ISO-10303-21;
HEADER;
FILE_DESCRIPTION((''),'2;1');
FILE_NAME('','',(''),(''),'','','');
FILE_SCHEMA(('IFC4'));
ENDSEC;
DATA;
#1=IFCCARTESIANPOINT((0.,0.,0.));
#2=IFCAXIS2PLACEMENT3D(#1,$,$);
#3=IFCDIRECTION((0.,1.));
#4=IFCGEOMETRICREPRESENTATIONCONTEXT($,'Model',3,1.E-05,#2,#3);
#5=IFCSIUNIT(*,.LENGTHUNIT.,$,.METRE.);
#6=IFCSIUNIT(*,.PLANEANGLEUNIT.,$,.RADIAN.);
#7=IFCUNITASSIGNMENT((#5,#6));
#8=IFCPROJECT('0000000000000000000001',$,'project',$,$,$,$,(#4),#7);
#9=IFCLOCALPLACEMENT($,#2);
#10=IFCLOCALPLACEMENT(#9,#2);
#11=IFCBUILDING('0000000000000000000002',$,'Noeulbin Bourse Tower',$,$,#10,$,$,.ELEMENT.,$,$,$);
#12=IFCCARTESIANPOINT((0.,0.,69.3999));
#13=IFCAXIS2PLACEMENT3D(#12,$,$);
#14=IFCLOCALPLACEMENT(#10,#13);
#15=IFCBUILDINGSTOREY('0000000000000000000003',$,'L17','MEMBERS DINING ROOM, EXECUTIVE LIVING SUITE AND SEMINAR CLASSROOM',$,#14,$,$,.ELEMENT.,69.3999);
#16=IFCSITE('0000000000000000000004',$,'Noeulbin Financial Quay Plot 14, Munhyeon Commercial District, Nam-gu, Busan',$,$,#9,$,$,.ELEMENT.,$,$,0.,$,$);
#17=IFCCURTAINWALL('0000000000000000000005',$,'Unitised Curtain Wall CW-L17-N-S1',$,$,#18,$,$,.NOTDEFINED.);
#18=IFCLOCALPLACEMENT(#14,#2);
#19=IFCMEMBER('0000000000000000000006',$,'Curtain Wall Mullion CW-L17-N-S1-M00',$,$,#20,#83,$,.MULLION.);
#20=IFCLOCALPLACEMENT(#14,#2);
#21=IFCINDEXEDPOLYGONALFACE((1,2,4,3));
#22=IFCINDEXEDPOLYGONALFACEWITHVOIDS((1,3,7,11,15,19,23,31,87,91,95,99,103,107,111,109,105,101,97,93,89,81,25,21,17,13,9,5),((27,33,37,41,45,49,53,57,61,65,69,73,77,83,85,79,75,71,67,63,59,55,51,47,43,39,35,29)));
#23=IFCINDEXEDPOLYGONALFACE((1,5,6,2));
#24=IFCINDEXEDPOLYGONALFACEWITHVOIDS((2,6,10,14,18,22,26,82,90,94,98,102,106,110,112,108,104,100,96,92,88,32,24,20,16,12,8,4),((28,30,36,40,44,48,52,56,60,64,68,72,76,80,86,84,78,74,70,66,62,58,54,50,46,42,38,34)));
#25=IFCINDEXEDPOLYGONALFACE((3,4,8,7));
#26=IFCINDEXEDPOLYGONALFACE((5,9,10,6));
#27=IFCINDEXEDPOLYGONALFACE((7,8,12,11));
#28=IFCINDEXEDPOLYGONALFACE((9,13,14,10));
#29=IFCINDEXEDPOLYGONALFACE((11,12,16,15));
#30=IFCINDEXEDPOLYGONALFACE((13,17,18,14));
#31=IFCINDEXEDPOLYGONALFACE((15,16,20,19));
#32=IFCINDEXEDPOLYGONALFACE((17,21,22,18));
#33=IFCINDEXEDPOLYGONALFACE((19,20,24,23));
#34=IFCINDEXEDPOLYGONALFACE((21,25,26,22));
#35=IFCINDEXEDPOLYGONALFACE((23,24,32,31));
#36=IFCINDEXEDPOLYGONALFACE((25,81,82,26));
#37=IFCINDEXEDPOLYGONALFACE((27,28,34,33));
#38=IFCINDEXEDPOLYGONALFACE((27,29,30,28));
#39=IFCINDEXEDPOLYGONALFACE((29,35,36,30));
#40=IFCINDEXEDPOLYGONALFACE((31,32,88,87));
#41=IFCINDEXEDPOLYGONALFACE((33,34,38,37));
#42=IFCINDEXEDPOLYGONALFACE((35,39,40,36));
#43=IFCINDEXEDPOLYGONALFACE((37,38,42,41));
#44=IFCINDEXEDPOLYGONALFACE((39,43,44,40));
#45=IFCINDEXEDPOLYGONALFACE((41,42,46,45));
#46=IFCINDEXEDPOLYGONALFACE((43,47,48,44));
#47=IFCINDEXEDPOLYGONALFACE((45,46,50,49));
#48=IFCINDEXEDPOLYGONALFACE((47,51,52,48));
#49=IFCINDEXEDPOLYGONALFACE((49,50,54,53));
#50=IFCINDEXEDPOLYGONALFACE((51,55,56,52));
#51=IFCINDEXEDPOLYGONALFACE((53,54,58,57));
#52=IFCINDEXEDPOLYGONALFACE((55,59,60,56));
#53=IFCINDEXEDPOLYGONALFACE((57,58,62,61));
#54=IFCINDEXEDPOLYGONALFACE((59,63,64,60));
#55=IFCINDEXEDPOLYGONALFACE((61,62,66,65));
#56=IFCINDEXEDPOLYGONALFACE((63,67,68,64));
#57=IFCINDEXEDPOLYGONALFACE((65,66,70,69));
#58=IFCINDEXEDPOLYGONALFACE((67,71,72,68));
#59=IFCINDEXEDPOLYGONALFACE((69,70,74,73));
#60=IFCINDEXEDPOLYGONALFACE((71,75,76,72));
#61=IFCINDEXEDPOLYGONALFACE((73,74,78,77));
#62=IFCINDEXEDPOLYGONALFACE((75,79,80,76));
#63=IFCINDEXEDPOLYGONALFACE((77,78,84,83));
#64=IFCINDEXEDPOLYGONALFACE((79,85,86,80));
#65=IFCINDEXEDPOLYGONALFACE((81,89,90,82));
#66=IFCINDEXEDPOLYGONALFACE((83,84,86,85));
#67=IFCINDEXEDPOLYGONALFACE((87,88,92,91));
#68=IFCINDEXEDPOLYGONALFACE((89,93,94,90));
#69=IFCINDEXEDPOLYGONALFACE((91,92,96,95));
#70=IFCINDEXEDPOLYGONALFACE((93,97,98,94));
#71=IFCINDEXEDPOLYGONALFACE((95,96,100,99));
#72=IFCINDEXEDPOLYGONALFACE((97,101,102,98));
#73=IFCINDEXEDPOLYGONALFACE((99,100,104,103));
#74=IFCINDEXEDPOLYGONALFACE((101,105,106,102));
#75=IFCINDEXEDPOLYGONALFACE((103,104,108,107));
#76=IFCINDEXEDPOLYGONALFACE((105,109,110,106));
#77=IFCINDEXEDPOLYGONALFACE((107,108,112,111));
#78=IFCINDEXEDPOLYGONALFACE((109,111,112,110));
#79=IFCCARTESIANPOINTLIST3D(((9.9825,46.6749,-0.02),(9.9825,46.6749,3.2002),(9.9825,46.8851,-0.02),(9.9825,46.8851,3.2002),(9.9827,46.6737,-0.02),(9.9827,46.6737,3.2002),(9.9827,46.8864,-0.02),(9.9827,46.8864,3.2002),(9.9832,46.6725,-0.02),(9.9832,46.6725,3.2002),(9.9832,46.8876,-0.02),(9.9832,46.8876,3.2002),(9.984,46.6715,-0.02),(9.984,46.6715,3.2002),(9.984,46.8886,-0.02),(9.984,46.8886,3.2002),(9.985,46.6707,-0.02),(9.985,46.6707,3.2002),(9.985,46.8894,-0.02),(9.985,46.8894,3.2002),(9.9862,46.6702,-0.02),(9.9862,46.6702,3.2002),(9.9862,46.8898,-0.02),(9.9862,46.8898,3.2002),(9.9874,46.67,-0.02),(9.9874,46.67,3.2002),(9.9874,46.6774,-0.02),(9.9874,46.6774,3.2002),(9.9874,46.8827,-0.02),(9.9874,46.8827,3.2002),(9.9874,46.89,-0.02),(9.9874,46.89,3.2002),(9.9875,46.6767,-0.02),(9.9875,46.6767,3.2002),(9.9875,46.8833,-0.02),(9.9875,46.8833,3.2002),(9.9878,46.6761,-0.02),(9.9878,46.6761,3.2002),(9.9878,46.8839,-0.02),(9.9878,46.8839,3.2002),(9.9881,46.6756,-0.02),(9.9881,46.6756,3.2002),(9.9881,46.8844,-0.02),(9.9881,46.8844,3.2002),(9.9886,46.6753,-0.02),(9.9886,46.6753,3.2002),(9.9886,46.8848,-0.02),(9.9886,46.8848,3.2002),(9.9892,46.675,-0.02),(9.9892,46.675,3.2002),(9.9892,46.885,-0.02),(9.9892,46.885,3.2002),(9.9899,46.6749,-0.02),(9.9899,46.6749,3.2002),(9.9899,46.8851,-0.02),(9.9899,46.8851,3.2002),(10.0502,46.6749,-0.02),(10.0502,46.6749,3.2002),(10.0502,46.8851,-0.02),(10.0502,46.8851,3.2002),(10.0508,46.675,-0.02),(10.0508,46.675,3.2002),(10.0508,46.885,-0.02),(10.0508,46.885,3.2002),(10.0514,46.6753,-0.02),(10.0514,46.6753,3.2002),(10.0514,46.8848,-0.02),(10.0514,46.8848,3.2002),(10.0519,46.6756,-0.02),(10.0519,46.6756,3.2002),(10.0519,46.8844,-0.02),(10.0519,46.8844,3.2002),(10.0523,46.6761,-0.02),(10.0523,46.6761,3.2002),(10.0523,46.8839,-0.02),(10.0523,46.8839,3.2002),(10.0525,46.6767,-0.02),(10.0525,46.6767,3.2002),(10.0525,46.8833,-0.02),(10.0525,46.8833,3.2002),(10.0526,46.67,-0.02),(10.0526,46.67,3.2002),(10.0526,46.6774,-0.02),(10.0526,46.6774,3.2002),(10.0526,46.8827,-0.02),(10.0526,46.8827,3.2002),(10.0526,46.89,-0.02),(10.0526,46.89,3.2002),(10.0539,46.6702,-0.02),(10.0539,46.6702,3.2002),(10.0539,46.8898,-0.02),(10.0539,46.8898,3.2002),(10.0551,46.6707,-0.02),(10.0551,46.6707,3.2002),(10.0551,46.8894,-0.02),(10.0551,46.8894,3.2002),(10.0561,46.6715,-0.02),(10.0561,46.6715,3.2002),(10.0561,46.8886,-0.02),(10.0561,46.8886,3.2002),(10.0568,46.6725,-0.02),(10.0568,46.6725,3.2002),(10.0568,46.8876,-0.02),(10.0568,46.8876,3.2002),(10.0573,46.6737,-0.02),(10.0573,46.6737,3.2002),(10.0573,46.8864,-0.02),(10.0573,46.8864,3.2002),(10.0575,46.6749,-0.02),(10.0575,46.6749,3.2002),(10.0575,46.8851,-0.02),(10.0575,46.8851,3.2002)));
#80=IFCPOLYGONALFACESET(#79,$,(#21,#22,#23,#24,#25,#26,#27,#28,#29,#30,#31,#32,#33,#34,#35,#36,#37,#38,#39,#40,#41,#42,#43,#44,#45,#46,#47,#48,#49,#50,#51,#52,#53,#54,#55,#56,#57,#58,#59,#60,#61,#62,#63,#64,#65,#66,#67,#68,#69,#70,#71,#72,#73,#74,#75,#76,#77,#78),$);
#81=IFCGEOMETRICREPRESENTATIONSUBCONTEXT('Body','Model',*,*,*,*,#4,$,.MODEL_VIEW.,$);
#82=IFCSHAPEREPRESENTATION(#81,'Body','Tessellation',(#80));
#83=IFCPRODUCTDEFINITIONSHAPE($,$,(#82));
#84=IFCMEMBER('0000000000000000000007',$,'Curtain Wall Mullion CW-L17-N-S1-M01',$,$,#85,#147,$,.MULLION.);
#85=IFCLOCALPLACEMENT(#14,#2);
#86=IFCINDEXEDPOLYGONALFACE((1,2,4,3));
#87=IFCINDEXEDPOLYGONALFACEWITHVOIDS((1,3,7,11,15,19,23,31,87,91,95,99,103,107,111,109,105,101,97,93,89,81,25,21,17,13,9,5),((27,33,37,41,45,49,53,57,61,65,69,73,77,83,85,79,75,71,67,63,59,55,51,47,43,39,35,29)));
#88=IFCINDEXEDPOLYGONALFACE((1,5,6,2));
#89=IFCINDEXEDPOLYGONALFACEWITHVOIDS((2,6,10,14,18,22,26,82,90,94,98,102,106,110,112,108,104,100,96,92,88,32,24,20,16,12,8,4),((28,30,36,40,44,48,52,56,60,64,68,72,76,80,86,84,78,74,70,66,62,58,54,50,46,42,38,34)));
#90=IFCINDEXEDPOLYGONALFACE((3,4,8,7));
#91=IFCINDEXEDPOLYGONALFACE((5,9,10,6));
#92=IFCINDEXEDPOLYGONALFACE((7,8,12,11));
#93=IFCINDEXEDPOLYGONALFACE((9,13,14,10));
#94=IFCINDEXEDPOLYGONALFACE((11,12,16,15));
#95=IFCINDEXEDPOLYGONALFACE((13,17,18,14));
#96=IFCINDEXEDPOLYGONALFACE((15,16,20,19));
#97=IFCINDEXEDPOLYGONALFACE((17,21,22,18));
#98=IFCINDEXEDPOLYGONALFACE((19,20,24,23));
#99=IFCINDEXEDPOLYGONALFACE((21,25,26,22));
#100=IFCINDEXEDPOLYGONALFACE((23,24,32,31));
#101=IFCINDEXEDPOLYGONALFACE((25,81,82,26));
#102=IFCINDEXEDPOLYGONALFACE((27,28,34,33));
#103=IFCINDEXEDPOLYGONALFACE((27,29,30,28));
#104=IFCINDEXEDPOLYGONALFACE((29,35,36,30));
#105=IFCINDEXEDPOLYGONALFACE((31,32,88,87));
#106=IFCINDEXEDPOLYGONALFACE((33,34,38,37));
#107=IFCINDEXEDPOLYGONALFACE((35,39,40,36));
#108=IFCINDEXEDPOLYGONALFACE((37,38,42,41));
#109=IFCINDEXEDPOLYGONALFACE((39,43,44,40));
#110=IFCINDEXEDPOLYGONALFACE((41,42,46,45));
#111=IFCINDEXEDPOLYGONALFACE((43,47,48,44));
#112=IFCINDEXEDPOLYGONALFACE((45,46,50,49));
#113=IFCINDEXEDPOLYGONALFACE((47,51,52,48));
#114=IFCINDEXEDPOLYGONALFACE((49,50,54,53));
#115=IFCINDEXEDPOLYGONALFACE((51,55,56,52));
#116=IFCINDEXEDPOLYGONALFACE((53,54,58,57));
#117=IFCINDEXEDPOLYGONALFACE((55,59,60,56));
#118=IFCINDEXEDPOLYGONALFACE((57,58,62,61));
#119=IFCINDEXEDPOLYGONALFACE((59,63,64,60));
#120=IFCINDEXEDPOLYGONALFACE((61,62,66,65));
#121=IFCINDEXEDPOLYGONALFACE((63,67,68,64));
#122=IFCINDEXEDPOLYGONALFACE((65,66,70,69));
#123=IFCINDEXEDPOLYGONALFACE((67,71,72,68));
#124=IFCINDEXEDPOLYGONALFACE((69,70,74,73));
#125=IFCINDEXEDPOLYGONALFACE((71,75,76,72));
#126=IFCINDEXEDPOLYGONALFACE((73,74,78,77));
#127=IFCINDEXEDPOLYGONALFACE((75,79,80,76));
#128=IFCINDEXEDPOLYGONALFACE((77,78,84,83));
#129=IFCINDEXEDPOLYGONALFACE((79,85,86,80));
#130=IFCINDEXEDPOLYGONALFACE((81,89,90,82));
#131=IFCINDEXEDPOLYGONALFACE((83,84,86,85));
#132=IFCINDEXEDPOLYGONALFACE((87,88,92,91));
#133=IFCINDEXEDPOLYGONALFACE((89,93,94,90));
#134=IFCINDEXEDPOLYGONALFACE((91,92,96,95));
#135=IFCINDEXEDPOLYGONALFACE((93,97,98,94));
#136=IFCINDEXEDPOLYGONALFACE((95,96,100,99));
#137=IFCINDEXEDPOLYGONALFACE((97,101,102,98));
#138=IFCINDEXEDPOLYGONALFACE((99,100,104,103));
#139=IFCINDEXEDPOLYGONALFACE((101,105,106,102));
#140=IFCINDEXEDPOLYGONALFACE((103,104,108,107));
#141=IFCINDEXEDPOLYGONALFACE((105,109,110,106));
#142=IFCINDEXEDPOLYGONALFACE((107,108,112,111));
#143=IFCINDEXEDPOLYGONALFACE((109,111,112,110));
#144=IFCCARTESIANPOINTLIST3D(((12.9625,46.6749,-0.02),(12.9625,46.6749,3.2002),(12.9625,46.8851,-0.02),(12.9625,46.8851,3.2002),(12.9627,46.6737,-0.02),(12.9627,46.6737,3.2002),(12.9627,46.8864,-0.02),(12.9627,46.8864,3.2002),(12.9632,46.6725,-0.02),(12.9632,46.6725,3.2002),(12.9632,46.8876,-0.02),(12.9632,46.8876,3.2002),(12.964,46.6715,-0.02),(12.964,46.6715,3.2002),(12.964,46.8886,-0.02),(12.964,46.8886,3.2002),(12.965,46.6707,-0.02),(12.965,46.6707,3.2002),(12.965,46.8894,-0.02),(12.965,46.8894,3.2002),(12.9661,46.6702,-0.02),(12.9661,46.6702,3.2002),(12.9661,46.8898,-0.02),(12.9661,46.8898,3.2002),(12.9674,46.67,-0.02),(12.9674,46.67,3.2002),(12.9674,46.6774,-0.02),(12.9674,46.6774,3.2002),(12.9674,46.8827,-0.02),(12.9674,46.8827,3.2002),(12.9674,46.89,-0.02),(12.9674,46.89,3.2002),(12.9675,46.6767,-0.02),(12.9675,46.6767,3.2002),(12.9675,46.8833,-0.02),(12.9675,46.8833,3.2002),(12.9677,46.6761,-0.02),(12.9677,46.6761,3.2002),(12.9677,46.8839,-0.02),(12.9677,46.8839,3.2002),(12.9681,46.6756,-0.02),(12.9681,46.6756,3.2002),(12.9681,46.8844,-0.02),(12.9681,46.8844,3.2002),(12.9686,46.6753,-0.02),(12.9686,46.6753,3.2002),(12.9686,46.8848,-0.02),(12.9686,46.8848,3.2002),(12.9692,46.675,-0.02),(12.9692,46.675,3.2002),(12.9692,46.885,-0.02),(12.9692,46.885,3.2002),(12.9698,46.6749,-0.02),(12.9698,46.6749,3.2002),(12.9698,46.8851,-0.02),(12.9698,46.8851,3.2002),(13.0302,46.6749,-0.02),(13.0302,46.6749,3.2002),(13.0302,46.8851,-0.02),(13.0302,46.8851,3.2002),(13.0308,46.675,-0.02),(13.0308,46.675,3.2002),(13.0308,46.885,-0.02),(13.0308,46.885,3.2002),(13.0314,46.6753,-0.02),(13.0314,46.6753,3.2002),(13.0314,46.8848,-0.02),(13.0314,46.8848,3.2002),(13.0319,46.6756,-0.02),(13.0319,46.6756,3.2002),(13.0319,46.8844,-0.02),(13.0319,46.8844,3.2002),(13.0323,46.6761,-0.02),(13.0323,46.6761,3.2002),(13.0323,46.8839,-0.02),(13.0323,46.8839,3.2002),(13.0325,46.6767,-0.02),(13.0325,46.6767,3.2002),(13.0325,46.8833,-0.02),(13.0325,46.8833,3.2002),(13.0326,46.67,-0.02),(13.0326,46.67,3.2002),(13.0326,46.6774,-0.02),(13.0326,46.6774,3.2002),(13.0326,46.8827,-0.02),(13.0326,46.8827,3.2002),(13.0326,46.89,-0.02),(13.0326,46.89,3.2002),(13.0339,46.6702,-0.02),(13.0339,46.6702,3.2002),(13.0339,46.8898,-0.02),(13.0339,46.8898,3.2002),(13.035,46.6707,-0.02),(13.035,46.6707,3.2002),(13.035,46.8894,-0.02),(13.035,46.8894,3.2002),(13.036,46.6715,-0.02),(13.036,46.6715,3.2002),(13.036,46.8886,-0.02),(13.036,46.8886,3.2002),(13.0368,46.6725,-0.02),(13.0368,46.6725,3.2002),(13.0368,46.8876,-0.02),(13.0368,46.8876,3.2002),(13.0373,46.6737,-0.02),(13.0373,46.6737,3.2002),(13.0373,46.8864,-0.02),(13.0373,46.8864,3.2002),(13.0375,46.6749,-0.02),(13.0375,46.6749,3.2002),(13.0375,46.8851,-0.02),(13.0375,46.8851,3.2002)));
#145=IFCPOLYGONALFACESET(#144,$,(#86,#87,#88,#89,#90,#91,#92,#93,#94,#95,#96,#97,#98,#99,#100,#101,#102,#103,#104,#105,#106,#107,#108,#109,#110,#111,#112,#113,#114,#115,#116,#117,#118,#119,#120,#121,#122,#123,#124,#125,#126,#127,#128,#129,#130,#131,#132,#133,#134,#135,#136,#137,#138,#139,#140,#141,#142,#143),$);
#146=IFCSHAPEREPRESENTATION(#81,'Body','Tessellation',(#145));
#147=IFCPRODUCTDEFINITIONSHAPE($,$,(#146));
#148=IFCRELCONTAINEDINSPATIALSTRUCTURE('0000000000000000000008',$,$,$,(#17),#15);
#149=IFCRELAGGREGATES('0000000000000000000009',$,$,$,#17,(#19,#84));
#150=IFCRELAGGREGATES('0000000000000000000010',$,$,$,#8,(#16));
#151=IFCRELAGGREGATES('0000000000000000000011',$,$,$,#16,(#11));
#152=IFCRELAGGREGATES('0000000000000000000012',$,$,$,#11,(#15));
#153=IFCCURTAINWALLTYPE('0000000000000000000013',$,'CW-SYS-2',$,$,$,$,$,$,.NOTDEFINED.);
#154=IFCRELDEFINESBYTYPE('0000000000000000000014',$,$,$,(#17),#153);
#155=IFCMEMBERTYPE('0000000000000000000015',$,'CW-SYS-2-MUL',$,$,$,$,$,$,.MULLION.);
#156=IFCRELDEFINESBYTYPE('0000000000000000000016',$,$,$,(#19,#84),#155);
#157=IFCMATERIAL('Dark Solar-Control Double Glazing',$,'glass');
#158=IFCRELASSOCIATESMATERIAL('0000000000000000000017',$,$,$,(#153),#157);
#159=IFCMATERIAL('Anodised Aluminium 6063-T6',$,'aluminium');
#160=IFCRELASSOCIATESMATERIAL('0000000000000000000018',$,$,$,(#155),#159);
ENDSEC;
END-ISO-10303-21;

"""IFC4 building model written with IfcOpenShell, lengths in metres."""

from ifc_helpers import new_model, si_unit, direction, frame, origin, origin_2d, place, context, subcontext, project, spatial, hollow_rectangle, extrude, material, material_profile, profile_set, type_object, element, aggregate, save


model = new_model("IFC4")

# Units and contexts
model_context = context("Model", 3, precision=1e-05, world=origin(), true_north=direction((0.0, 1.0)))
body_context = subcontext(model_context, "Body", "Model", "MODEL_VIEW")
ifc_project = project(units=[si_unit("LENGTHUNIT", "METRE"), si_unit("PLANEANGLEUNIT", "RADIAN")], contexts=[model_context])

# Site, building, storey
site_placement = place(None, origin())
site = spatial("IfcSite", under=ifc_project, at=site_placement, Name="Noeulbin Financial Quay Plot 14, Munhyeon Commercial District, Nam-gu, Busan", CompositionType="ELEMENT", RefElevation=0.0)
building_placement = place(site_placement, origin())
building = spatial("IfcBuilding", under=site, at=building_placement, Name="Noeulbin Bourse Tower", CompositionType="ELEMENT")
storey_placement = place(building_placement, frame((0.0, 0.0, 69.3999)))
storey = spatial("IfcBuildingStorey", under=building, at=storey_placement, Name="L17", Description="MEMBERS DINING ROOM, EXECUTIVE LIVING SUITE AND SEMINAR CLASSROOM", CompositionType="ELEMENT", Elevation=69.3999)

# Curtain wall, members
ifc_material_1 = material(Name="Dark Solar-Control Double Glazing", Category="glass")
curtain_wall_type = type_object("IfcCurtainWallType", Name="CW-SYS-2", PredefinedType="NOTDEFINED", material=ifc_material_1)
curtain_wall_1_placement = place(storey_placement, origin())
curtain_wall_1 = element("IfcCurtainWall", 1, at=curtain_wall_1_placement, inside=storey, type_object=curtain_wall_type, Name="Unitised Curtain Wall CW-L17-N-S1", PredefinedType="NOTDEFINED")
ifc_material_2 = material(Name="Anodised Aluminium 6063-T6", Category="aluminium")
ifc_material_profile_1 = material_profile(ifc_material_2, hollow_rectangle(XDim=0.075, YDim=0.22, WallThickness=0.0049, InnerFilletRadius=0.0024, OuterFilletRadius=0.0049, at=origin_2d()), Name="ALU-MULL-75x220x5", Category="LoadBearing")
ifc_profile_set_1 = profile_set([ifc_material_profile_1], Name="Anodised Aluminium 6063-T6")
member_type_1 = type_object("IfcMemberType", Name="CW-SYS-2-MUL", PredefinedType="MULLION", material=ifc_profile_set_1)
member_1_placement = place(storey_placement, frame((10.02, 46.78, -0.02), z_axis=(0.0, 0.0, 1.0), x_axis=(1.0, 0.0, 0.0)))
member_1 = element("IfcMember", 2, at=member_1_placement, type_object=member_type_1, Name="Curtain Wall Mullion CW-L17-N-S1-M00", PredefinedType="MULLION", context=body_context, shape_type="SweptSolid", body=[
    extrude(hollow_rectangle(XDim=0.075, YDim=0.22, WallThickness=0.0049, InnerFilletRadius=0.0024, OuterFilletRadius=0.0049, at=origin_2d()), origin(), (0.0, 0.0, 1.0), 3.2202),
])
member_2_placement = place(storey_placement, frame((13.0, 46.78, -0.02), z_axis=(0.0, 0.0, 1.0), x_axis=(1.0, 0.0, 0.0)))
member_2 = element("IfcMember", 3, at=member_2_placement, type_object=member_type_1, Name="Curtain Wall Mullion CW-L17-N-S1-M01", PredefinedType="MULLION", context=body_context, shape_type="SweptSolid", body=[
    extrude(hollow_rectangle(XDim=0.075, YDim=0.22, WallThickness=0.0049, InnerFilletRadius=0.0024, OuterFilletRadius=0.0049, at=origin_2d()), origin(), (0.0, 0.0, 1.0), 3.2202),
])

aggregate(curtain_wall_1, [member_1, member_2])

save(model, "model.ifc")
